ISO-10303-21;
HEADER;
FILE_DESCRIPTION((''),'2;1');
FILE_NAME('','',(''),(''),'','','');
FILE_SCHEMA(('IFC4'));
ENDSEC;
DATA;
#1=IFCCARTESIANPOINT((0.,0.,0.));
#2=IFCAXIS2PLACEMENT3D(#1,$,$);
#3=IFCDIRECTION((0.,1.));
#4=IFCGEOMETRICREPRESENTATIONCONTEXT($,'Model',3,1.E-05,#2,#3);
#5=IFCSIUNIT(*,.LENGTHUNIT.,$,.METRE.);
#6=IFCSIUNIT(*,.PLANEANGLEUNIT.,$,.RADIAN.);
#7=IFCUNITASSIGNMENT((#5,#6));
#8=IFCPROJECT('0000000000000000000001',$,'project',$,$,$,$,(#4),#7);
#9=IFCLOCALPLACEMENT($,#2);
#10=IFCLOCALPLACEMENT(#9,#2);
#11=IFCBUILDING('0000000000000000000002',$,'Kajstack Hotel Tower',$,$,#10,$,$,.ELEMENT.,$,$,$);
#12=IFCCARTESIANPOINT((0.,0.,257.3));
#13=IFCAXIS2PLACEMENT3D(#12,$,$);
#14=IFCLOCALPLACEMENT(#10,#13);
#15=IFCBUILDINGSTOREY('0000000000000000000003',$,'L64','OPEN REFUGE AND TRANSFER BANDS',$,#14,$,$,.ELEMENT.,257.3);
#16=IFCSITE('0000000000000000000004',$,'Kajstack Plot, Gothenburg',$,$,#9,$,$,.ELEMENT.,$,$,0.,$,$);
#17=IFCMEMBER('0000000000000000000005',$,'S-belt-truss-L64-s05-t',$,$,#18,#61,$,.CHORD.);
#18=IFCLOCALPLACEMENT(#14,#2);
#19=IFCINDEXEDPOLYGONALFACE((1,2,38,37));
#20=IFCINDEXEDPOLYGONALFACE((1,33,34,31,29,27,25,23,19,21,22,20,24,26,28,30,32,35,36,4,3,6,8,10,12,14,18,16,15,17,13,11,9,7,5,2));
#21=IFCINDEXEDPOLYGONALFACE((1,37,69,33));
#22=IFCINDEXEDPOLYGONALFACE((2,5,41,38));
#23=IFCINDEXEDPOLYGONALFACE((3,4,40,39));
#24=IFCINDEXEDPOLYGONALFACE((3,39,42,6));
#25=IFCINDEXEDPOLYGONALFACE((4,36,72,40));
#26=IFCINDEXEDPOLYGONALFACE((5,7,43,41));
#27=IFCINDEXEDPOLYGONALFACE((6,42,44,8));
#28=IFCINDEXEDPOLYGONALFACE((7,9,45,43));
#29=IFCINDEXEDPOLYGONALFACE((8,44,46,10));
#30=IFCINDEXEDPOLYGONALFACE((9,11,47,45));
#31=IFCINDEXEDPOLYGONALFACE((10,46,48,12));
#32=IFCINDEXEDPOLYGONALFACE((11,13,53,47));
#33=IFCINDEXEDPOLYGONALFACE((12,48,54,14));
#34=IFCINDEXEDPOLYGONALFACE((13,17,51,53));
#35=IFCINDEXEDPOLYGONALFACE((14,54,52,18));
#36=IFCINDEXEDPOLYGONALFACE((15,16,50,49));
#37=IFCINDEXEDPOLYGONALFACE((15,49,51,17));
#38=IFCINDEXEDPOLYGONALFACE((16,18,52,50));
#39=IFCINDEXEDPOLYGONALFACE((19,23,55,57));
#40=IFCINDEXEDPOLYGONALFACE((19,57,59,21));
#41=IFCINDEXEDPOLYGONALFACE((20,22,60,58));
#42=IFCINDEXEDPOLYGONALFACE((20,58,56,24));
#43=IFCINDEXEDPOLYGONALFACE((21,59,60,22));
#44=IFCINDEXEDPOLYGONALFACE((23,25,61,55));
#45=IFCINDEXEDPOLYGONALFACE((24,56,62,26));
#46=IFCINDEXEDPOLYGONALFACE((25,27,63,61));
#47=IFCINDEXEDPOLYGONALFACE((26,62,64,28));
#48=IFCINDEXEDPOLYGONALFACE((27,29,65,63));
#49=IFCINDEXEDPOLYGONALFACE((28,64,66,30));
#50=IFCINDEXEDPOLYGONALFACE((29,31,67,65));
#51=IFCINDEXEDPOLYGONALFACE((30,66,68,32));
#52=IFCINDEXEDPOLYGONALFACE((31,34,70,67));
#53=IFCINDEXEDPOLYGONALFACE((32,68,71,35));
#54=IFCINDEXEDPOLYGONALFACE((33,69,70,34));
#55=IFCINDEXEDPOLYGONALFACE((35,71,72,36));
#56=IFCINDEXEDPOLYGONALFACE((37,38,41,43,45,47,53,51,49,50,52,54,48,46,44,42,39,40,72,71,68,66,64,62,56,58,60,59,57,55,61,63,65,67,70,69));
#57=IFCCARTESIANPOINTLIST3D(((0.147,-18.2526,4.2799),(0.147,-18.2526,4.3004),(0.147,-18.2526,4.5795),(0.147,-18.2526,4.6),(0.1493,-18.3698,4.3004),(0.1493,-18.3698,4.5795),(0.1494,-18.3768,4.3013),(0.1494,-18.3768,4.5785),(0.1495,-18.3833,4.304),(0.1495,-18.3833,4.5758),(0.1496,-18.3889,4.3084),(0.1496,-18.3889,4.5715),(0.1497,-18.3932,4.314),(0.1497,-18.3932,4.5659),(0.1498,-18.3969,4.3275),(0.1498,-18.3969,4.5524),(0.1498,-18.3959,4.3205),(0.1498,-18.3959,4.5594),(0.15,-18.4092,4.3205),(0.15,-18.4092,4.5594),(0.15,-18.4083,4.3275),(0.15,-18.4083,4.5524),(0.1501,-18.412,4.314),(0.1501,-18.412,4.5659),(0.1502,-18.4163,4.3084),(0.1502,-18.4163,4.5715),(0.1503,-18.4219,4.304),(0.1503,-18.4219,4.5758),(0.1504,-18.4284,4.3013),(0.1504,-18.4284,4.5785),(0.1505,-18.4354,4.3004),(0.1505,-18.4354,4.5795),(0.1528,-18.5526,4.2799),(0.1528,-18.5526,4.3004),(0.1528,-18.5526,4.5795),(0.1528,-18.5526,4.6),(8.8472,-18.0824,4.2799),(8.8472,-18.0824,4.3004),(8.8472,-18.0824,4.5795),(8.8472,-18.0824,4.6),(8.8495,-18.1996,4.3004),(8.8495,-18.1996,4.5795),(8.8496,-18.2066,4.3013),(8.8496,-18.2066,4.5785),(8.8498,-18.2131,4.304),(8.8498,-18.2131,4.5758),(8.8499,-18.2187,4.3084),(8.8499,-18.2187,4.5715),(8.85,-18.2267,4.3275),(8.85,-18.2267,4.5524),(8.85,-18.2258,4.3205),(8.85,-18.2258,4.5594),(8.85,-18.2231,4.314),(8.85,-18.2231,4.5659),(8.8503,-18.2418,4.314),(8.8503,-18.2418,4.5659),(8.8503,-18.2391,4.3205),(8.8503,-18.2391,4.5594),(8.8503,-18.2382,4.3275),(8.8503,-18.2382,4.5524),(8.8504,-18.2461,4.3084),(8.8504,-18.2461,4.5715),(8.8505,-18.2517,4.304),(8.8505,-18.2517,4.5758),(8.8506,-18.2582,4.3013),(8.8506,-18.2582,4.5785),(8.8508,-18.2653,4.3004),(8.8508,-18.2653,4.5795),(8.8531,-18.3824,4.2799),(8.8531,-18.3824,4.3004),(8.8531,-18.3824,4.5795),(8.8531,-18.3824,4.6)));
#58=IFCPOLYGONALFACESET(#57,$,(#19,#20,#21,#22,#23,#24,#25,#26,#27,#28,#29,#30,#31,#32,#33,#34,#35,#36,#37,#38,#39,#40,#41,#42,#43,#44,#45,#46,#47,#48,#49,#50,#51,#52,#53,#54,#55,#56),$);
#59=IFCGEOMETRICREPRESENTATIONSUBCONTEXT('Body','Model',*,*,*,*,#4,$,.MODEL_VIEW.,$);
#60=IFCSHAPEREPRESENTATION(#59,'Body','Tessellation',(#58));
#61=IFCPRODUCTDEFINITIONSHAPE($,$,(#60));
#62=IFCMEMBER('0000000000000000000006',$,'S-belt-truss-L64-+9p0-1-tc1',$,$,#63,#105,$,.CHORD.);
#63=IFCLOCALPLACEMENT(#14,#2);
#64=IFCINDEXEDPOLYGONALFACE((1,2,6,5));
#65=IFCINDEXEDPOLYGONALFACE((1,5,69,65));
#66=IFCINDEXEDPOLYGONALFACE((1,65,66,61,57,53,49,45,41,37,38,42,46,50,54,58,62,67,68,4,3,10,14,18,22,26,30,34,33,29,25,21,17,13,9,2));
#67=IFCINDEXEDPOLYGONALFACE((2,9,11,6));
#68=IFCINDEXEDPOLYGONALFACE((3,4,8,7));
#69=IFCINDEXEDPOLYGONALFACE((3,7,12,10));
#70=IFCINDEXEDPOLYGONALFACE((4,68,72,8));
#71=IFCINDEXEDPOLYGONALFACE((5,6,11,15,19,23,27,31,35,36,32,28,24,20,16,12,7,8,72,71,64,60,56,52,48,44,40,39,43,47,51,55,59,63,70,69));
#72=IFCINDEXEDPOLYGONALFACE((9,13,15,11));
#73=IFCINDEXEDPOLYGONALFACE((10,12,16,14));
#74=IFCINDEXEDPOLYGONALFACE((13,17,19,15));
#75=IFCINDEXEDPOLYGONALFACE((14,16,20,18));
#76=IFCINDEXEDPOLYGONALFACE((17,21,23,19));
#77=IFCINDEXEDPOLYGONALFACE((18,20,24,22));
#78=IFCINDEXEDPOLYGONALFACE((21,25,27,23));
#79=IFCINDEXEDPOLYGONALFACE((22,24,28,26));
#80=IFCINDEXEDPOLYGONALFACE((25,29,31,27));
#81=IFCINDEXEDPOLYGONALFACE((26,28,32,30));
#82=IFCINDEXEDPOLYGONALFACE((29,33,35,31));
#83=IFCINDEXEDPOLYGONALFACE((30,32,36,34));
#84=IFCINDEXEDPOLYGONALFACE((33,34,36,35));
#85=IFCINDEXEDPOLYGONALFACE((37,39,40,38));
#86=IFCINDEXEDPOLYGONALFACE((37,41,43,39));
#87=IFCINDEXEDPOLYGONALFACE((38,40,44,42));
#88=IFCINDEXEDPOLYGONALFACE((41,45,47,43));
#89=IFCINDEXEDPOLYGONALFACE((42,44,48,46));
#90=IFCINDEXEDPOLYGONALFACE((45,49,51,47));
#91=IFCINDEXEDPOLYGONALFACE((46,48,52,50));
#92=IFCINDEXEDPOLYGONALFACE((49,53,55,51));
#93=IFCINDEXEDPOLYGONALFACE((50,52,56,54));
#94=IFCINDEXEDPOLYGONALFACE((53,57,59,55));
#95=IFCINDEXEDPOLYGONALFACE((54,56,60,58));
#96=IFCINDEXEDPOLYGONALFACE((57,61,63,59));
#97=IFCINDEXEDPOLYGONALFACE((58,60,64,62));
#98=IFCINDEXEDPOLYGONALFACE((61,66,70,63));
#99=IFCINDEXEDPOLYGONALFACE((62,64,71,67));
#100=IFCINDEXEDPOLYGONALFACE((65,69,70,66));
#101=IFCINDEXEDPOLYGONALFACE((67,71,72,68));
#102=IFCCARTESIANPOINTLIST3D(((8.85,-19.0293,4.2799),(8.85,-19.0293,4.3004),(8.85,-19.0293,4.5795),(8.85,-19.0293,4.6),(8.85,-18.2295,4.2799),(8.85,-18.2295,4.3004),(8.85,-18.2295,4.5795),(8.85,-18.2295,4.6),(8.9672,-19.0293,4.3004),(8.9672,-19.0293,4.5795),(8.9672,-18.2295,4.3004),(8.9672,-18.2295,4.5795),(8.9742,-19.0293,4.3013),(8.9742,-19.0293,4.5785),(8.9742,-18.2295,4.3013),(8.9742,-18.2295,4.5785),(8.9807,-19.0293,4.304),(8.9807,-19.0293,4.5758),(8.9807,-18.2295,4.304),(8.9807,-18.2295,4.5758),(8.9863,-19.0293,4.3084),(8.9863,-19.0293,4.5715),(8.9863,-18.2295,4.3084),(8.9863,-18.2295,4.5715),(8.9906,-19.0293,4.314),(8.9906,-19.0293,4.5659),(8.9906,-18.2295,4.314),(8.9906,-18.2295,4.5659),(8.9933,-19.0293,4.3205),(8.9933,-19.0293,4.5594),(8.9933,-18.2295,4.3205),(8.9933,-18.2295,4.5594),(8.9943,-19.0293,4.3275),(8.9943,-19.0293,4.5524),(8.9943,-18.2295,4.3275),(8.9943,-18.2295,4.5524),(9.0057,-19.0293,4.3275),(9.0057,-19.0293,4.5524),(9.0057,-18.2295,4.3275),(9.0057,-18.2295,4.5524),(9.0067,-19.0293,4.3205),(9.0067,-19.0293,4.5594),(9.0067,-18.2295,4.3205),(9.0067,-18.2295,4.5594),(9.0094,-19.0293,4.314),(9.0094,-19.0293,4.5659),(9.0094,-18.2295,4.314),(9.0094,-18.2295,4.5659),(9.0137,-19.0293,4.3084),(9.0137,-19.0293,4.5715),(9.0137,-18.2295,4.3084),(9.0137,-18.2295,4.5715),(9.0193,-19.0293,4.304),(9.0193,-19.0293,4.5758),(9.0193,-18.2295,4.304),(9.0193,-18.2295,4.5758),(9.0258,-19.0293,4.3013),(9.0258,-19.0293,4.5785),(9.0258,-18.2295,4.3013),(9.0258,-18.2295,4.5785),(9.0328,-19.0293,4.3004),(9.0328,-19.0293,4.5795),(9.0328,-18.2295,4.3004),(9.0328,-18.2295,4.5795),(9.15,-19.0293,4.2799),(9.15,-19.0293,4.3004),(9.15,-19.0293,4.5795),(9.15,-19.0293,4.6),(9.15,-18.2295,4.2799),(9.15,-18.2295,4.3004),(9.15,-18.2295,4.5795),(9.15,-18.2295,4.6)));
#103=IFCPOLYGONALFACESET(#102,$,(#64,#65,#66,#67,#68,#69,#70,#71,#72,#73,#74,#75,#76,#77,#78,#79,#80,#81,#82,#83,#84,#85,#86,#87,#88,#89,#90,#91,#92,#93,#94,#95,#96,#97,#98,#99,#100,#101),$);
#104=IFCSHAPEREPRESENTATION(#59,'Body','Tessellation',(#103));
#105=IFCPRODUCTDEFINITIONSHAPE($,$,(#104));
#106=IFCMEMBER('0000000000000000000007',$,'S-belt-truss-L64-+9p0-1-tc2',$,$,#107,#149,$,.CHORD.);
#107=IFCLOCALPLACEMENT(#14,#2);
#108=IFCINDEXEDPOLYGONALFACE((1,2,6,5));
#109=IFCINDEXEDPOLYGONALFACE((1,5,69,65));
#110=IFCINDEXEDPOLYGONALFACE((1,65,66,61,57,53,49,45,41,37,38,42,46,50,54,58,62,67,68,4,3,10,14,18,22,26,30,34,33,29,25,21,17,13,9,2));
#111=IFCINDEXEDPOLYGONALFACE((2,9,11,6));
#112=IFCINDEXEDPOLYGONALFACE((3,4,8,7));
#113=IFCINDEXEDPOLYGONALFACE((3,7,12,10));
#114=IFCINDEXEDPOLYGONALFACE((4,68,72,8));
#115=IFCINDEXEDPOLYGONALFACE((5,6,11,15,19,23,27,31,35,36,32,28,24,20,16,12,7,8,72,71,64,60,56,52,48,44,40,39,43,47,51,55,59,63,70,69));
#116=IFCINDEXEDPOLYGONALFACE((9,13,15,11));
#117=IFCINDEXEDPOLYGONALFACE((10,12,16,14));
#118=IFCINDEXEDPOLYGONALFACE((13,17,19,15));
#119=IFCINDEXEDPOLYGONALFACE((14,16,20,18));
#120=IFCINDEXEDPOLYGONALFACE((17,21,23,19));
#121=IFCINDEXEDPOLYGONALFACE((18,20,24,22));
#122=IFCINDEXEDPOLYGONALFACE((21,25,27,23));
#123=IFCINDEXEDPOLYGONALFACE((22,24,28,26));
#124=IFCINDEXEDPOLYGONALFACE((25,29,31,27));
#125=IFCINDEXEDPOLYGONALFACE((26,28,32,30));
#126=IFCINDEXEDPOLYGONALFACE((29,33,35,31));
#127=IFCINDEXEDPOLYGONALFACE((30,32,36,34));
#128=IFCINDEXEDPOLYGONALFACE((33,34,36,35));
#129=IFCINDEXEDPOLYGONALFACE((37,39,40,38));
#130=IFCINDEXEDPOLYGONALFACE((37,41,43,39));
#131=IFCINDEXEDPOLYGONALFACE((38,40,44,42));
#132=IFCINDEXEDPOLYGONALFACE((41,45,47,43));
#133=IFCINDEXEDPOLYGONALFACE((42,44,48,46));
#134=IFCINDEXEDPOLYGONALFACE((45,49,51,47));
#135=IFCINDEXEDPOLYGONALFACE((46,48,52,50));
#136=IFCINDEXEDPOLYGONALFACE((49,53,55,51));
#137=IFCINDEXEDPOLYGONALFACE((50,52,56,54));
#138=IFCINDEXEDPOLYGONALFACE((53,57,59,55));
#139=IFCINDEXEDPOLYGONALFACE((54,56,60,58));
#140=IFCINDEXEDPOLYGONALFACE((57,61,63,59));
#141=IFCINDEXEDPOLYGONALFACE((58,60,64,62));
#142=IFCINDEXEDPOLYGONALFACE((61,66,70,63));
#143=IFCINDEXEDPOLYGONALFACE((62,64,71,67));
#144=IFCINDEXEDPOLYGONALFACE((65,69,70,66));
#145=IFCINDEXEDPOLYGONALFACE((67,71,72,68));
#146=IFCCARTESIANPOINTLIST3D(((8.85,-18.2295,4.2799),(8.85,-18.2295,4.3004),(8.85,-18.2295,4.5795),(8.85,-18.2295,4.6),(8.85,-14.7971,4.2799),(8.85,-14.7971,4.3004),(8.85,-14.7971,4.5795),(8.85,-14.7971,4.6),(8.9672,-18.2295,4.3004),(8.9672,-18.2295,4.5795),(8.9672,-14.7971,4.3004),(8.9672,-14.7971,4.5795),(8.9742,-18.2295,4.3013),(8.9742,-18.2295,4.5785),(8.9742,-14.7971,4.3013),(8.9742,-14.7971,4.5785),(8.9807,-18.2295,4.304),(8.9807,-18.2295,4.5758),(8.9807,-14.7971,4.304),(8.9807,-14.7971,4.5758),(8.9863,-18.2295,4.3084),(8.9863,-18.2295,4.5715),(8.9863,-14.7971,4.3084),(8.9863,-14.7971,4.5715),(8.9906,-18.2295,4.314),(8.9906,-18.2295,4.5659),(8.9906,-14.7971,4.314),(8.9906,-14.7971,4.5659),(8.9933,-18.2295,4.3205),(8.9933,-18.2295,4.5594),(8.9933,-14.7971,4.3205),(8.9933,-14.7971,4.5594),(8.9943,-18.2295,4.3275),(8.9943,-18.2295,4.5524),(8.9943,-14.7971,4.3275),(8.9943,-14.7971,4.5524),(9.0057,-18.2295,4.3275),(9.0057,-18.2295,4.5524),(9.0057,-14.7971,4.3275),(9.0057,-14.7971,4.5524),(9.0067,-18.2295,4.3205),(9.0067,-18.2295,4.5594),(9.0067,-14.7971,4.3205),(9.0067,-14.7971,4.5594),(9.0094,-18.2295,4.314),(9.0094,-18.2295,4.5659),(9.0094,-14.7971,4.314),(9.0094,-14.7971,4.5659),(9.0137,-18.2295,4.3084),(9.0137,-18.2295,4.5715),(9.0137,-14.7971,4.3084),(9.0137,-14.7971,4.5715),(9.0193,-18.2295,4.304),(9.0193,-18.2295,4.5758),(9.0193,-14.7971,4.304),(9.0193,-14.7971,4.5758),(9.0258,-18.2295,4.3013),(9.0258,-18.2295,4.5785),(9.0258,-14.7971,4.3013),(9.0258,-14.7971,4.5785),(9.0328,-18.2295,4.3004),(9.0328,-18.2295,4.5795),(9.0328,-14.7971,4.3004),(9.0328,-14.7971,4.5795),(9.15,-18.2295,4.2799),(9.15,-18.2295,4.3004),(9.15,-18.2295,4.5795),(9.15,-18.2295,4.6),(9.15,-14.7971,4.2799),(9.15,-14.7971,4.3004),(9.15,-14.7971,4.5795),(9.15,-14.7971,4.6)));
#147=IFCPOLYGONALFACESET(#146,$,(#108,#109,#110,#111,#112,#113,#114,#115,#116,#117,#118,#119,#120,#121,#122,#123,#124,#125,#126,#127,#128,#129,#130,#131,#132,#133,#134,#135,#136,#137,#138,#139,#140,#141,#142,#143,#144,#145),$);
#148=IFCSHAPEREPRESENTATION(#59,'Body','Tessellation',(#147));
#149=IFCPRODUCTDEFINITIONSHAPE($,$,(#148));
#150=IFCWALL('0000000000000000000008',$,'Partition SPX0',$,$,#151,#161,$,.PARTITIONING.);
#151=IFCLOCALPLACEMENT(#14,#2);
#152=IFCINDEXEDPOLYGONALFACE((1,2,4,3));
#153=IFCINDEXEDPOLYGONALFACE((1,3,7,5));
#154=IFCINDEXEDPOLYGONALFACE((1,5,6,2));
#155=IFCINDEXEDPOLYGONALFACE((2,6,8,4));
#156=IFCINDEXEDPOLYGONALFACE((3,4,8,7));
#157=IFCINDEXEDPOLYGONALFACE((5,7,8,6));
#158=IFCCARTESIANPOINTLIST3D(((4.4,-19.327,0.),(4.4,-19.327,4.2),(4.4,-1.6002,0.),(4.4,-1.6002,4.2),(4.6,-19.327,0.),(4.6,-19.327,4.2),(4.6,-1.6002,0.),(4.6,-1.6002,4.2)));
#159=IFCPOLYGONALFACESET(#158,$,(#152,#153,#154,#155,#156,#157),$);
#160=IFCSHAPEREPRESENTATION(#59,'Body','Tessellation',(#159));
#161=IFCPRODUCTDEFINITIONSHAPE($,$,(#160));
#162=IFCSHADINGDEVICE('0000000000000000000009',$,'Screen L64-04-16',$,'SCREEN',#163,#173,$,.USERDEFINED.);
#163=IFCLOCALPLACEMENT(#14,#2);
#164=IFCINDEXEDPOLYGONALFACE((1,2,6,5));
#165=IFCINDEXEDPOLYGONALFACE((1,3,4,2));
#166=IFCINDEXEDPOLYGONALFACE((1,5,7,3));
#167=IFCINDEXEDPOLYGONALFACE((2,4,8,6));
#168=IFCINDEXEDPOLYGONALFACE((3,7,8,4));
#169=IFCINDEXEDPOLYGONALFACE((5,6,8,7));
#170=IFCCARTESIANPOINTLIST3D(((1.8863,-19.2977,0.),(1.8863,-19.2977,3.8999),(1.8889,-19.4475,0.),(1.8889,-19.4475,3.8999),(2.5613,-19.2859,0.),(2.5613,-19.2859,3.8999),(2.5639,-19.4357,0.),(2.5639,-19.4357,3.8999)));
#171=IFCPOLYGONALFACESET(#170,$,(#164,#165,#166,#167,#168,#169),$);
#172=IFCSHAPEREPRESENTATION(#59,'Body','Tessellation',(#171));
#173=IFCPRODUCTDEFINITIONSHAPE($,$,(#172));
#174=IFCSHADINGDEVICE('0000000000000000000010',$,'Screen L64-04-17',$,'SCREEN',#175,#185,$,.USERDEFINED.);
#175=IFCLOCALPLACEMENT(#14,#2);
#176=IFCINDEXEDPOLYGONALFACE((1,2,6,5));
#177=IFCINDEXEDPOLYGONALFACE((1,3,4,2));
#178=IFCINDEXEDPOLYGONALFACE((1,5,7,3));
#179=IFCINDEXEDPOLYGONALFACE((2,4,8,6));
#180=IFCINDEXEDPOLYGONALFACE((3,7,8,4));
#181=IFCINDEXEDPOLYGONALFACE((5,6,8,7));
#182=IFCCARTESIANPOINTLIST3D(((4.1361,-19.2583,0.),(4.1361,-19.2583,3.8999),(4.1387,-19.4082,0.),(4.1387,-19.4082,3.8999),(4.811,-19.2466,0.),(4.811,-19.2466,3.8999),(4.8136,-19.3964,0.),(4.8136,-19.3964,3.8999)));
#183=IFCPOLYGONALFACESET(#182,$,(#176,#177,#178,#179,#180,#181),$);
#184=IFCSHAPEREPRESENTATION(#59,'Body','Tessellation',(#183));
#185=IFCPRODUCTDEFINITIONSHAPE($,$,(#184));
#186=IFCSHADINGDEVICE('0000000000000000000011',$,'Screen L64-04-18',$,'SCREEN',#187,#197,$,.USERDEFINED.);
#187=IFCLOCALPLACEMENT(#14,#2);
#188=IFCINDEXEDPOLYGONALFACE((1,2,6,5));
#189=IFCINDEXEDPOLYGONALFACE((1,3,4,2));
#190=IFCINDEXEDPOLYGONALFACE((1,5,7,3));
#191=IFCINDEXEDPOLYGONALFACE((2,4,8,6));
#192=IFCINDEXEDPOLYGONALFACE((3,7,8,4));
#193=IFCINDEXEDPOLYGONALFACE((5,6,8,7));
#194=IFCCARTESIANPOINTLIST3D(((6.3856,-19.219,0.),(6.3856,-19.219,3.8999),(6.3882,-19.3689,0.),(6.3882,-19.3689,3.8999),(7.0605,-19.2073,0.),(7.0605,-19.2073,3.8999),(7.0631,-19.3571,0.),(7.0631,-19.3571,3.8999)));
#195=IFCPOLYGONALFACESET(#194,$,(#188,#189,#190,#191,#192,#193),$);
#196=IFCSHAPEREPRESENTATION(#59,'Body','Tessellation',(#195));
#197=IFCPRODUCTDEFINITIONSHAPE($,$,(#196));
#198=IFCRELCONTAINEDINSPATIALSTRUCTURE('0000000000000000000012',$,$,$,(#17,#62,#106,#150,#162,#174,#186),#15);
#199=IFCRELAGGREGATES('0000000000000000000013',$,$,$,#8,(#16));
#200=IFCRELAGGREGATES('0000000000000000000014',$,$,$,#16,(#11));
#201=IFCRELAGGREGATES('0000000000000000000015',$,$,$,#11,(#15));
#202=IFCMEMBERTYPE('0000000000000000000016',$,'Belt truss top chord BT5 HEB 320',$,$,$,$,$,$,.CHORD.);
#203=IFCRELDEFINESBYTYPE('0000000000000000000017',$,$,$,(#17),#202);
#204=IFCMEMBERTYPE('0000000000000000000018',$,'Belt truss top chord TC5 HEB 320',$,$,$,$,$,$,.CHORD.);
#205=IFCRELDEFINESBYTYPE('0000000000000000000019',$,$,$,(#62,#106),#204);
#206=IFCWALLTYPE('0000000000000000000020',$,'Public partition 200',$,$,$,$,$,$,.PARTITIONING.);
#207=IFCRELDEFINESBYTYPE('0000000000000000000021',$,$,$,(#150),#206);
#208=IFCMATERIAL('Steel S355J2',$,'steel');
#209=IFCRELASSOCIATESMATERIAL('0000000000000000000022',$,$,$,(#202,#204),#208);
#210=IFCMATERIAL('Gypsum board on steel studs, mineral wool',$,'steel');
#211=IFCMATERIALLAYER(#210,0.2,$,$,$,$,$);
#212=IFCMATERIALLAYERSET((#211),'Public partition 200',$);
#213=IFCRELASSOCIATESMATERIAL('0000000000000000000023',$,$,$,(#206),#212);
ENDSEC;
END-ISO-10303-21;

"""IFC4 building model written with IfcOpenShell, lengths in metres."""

from ifc_helpers import new_model, si_unit, direction, frame, frame_2d, origin, origin_2d, place, context, subcontext, project, spatial, rectangle, i_section, extrude, material, layer, layer_set, material_profile, profile_set, type_object, element, save


model = new_model("IFC4")

# Units and contexts
model_context = context("Model", 3, precision=1e-05, world=origin(), true_north=direction((0.0, 1.0)))
body_context = subcontext(model_context, "Body", "Model", "MODEL_VIEW")
ifc_project = project(units=[si_unit("LENGTHUNIT", "METRE"), si_unit("PLANEANGLEUNIT", "RADIAN")], contexts=[model_context])

# Site, building, storey
site_placement = place(None, origin())
site = spatial("IfcSite", under=ifc_project, at=site_placement, Name="Kajstack Plot, Gothenburg", CompositionType="ELEMENT", RefElevation=0.0)
building_placement = place(site_placement, origin())
building = spatial("IfcBuilding", under=site, at=building_placement, Name="Kajstack Hotel Tower", CompositionType="ELEMENT")
storey_placement = place(building_placement, frame((0.0, 0.0, 257.3)))
storey = spatial("IfcBuildingStorey", under=building, at=storey_placement, Name="L64", Description="OPEN REFUGE AND TRANSFER BANDS", CompositionType="ELEMENT", Elevation=257.3)

# Members
ifc_material_1 = material(Name="Steel S355J2", Category="steel")
ifc_material_profile_1 = material_profile(ifc_material_1, i_section(OverallWidth=0.3, OverallDepth=0.3201, WebThickness=0.0115, FlangeThickness=0.0205, FilletRadius=0.0271, at=origin_2d()), Name="HEB 320")
ifc_profile_set_1 = profile_set([ifc_material_profile_1], Name="Steel S355J2")
member_type_1 = type_object("IfcMemberType", Name="Belt truss top chord BT5 HEB 320", PredefinedType="CHORD", material=ifc_profile_set_1)
member_1_placement = place(storey_placement, frame((0.1499, -18.4026, 4.4399), z_axis=(0.999809, 0.019555, 0.0), x_axis=(-0.019555, 0.999809, 0.0)))
element("IfcMember", 1, at=member_1_placement, inside=storey, type_object=member_type_1, Name="S-belt-truss-L64-s05-t", PredefinedType="CHORD", context=body_context, shape_type="SweptSolid", body=[
    extrude(i_section(OverallWidth=0.3, OverallDepth=0.3201, WebThickness=0.0115, FlangeThickness=0.0205, FilletRadius=0.0271, at=origin_2d()), origin(), (0.0, 0.0, 1.0), 8.7019),
])
ifc_material_profile_2 = material_profile(ifc_material_1, i_section(OverallWidth=0.3, OverallDepth=0.3201, WebThickness=0.0115, FlangeThickness=0.0205, FilletRadius=0.0271, at=origin_2d()), Name="HEB 320")
ifc_profile_set_2 = profile_set([ifc_material_profile_2], Name="Steel S355J2")
member_type_2 = type_object("IfcMemberType", Name="Belt truss top chord TC5 HEB 320", PredefinedType="CHORD", material=ifc_profile_set_2)
member_2_placement = place(storey_placement, frame((9.0, -19.0293, 4.4399), z_axis=(0.0, 1.0, 0.0), x_axis=(-1.0, 0.0, 0.0)))
element("IfcMember", 2, at=member_2_placement, inside=storey, type_object=member_type_2, Name="S-belt-truss-L64-+9p0-1-tc1", PredefinedType="CHORD", context=body_context, shape_type="SweptSolid", body=[
    extrude(i_section(OverallWidth=0.3, OverallDepth=0.3201, WebThickness=0.0115, FlangeThickness=0.0205, FilletRadius=0.0271, at=origin_2d()), origin(), (0.0, 0.0, 1.0), 0.7998),
])
member_3_placement = place(storey_placement, frame((9.0, -18.2295, 4.4399), z_axis=(0.0, 1.0, 0.0), x_axis=(-1.0, 0.0, 0.0)))
element("IfcMember", 3, at=member_3_placement, inside=storey, type_object=member_type_2, Name="S-belt-truss-L64-+9p0-1-tc2", PredefinedType="CHORD", context=body_context, shape_type="SweptSolid", body=[
    extrude(i_section(OverallWidth=0.3, OverallDepth=0.3201, WebThickness=0.0115, FlangeThickness=0.0205, FilletRadius=0.0271, at=origin_2d()), origin(), (0.0, 0.0, 1.0), 3.4324),
])

# Wall
ifc_material_2 = material(Name="Gypsum board on steel studs, mineral wool", Category="steel")
ifc_layer_1 = layer(ifc_material_2, 0.2)
ifc_layer_set_1 = layer_set([ifc_layer_1], Name="Public partition 200")
wall_type = type_object("IfcWallType", Name="Public partition 200", PredefinedType="PARTITIONING", material=ifc_layer_set_1)
wall_placement = place(storey_placement, frame((4.5, -19.3269, 0.0), z_axis=(0.0, 0.0, 1.0), x_axis=(0.0, 1.0, 0.0)))
element("IfcWall", 4, at=wall_placement, inside=storey, type_object=wall_type, Name="Partition SPX0", PredefinedType="PARTITIONING", context=body_context, shape_type="SweptSolid", body=[
    extrude(rectangle(XDim=17.7268, YDim=0.2, at=frame_2d((8.8633, 0.0))), origin(), (0.0, 0.0, 1.0), 4.2),
])

# Shading devices
for number, where, z_axis, x_axis, name in (
    (5, (2.2251, -19.3667, 0.0), (0.0, 0.0, 1.0), (0.999848, 0.017453, 0.0), "Screen L64-04-16"),
    (6, (4.4749, -19.3274, 0.0), (0.0, 0.0, 1.0), (0.999848, 0.017453, 0.0), "Screen L64-04-17"),
    (7, (6.7244, -19.2881, 0.0), (0.0, 0.0, 1.0), (0.999848, 0.017453, 0.0), "Screen L64-04-18"),
):
    element("IfcShadingDevice", number, at=place(storey_placement, frame(where, z_axis=z_axis, x_axis=x_axis)), inside=storey, Name=name, ObjectType="SCREEN", PredefinedType="USERDEFINED", context=body_context, shape_type="SweptSolid", body=[
        extrude(rectangle(XDim=0.675, YDim=0.1499, at=origin_2d()), origin(), (0.0, 0.0, 1.0), 3.8999),
    ])

save(model, "model.ifc")
